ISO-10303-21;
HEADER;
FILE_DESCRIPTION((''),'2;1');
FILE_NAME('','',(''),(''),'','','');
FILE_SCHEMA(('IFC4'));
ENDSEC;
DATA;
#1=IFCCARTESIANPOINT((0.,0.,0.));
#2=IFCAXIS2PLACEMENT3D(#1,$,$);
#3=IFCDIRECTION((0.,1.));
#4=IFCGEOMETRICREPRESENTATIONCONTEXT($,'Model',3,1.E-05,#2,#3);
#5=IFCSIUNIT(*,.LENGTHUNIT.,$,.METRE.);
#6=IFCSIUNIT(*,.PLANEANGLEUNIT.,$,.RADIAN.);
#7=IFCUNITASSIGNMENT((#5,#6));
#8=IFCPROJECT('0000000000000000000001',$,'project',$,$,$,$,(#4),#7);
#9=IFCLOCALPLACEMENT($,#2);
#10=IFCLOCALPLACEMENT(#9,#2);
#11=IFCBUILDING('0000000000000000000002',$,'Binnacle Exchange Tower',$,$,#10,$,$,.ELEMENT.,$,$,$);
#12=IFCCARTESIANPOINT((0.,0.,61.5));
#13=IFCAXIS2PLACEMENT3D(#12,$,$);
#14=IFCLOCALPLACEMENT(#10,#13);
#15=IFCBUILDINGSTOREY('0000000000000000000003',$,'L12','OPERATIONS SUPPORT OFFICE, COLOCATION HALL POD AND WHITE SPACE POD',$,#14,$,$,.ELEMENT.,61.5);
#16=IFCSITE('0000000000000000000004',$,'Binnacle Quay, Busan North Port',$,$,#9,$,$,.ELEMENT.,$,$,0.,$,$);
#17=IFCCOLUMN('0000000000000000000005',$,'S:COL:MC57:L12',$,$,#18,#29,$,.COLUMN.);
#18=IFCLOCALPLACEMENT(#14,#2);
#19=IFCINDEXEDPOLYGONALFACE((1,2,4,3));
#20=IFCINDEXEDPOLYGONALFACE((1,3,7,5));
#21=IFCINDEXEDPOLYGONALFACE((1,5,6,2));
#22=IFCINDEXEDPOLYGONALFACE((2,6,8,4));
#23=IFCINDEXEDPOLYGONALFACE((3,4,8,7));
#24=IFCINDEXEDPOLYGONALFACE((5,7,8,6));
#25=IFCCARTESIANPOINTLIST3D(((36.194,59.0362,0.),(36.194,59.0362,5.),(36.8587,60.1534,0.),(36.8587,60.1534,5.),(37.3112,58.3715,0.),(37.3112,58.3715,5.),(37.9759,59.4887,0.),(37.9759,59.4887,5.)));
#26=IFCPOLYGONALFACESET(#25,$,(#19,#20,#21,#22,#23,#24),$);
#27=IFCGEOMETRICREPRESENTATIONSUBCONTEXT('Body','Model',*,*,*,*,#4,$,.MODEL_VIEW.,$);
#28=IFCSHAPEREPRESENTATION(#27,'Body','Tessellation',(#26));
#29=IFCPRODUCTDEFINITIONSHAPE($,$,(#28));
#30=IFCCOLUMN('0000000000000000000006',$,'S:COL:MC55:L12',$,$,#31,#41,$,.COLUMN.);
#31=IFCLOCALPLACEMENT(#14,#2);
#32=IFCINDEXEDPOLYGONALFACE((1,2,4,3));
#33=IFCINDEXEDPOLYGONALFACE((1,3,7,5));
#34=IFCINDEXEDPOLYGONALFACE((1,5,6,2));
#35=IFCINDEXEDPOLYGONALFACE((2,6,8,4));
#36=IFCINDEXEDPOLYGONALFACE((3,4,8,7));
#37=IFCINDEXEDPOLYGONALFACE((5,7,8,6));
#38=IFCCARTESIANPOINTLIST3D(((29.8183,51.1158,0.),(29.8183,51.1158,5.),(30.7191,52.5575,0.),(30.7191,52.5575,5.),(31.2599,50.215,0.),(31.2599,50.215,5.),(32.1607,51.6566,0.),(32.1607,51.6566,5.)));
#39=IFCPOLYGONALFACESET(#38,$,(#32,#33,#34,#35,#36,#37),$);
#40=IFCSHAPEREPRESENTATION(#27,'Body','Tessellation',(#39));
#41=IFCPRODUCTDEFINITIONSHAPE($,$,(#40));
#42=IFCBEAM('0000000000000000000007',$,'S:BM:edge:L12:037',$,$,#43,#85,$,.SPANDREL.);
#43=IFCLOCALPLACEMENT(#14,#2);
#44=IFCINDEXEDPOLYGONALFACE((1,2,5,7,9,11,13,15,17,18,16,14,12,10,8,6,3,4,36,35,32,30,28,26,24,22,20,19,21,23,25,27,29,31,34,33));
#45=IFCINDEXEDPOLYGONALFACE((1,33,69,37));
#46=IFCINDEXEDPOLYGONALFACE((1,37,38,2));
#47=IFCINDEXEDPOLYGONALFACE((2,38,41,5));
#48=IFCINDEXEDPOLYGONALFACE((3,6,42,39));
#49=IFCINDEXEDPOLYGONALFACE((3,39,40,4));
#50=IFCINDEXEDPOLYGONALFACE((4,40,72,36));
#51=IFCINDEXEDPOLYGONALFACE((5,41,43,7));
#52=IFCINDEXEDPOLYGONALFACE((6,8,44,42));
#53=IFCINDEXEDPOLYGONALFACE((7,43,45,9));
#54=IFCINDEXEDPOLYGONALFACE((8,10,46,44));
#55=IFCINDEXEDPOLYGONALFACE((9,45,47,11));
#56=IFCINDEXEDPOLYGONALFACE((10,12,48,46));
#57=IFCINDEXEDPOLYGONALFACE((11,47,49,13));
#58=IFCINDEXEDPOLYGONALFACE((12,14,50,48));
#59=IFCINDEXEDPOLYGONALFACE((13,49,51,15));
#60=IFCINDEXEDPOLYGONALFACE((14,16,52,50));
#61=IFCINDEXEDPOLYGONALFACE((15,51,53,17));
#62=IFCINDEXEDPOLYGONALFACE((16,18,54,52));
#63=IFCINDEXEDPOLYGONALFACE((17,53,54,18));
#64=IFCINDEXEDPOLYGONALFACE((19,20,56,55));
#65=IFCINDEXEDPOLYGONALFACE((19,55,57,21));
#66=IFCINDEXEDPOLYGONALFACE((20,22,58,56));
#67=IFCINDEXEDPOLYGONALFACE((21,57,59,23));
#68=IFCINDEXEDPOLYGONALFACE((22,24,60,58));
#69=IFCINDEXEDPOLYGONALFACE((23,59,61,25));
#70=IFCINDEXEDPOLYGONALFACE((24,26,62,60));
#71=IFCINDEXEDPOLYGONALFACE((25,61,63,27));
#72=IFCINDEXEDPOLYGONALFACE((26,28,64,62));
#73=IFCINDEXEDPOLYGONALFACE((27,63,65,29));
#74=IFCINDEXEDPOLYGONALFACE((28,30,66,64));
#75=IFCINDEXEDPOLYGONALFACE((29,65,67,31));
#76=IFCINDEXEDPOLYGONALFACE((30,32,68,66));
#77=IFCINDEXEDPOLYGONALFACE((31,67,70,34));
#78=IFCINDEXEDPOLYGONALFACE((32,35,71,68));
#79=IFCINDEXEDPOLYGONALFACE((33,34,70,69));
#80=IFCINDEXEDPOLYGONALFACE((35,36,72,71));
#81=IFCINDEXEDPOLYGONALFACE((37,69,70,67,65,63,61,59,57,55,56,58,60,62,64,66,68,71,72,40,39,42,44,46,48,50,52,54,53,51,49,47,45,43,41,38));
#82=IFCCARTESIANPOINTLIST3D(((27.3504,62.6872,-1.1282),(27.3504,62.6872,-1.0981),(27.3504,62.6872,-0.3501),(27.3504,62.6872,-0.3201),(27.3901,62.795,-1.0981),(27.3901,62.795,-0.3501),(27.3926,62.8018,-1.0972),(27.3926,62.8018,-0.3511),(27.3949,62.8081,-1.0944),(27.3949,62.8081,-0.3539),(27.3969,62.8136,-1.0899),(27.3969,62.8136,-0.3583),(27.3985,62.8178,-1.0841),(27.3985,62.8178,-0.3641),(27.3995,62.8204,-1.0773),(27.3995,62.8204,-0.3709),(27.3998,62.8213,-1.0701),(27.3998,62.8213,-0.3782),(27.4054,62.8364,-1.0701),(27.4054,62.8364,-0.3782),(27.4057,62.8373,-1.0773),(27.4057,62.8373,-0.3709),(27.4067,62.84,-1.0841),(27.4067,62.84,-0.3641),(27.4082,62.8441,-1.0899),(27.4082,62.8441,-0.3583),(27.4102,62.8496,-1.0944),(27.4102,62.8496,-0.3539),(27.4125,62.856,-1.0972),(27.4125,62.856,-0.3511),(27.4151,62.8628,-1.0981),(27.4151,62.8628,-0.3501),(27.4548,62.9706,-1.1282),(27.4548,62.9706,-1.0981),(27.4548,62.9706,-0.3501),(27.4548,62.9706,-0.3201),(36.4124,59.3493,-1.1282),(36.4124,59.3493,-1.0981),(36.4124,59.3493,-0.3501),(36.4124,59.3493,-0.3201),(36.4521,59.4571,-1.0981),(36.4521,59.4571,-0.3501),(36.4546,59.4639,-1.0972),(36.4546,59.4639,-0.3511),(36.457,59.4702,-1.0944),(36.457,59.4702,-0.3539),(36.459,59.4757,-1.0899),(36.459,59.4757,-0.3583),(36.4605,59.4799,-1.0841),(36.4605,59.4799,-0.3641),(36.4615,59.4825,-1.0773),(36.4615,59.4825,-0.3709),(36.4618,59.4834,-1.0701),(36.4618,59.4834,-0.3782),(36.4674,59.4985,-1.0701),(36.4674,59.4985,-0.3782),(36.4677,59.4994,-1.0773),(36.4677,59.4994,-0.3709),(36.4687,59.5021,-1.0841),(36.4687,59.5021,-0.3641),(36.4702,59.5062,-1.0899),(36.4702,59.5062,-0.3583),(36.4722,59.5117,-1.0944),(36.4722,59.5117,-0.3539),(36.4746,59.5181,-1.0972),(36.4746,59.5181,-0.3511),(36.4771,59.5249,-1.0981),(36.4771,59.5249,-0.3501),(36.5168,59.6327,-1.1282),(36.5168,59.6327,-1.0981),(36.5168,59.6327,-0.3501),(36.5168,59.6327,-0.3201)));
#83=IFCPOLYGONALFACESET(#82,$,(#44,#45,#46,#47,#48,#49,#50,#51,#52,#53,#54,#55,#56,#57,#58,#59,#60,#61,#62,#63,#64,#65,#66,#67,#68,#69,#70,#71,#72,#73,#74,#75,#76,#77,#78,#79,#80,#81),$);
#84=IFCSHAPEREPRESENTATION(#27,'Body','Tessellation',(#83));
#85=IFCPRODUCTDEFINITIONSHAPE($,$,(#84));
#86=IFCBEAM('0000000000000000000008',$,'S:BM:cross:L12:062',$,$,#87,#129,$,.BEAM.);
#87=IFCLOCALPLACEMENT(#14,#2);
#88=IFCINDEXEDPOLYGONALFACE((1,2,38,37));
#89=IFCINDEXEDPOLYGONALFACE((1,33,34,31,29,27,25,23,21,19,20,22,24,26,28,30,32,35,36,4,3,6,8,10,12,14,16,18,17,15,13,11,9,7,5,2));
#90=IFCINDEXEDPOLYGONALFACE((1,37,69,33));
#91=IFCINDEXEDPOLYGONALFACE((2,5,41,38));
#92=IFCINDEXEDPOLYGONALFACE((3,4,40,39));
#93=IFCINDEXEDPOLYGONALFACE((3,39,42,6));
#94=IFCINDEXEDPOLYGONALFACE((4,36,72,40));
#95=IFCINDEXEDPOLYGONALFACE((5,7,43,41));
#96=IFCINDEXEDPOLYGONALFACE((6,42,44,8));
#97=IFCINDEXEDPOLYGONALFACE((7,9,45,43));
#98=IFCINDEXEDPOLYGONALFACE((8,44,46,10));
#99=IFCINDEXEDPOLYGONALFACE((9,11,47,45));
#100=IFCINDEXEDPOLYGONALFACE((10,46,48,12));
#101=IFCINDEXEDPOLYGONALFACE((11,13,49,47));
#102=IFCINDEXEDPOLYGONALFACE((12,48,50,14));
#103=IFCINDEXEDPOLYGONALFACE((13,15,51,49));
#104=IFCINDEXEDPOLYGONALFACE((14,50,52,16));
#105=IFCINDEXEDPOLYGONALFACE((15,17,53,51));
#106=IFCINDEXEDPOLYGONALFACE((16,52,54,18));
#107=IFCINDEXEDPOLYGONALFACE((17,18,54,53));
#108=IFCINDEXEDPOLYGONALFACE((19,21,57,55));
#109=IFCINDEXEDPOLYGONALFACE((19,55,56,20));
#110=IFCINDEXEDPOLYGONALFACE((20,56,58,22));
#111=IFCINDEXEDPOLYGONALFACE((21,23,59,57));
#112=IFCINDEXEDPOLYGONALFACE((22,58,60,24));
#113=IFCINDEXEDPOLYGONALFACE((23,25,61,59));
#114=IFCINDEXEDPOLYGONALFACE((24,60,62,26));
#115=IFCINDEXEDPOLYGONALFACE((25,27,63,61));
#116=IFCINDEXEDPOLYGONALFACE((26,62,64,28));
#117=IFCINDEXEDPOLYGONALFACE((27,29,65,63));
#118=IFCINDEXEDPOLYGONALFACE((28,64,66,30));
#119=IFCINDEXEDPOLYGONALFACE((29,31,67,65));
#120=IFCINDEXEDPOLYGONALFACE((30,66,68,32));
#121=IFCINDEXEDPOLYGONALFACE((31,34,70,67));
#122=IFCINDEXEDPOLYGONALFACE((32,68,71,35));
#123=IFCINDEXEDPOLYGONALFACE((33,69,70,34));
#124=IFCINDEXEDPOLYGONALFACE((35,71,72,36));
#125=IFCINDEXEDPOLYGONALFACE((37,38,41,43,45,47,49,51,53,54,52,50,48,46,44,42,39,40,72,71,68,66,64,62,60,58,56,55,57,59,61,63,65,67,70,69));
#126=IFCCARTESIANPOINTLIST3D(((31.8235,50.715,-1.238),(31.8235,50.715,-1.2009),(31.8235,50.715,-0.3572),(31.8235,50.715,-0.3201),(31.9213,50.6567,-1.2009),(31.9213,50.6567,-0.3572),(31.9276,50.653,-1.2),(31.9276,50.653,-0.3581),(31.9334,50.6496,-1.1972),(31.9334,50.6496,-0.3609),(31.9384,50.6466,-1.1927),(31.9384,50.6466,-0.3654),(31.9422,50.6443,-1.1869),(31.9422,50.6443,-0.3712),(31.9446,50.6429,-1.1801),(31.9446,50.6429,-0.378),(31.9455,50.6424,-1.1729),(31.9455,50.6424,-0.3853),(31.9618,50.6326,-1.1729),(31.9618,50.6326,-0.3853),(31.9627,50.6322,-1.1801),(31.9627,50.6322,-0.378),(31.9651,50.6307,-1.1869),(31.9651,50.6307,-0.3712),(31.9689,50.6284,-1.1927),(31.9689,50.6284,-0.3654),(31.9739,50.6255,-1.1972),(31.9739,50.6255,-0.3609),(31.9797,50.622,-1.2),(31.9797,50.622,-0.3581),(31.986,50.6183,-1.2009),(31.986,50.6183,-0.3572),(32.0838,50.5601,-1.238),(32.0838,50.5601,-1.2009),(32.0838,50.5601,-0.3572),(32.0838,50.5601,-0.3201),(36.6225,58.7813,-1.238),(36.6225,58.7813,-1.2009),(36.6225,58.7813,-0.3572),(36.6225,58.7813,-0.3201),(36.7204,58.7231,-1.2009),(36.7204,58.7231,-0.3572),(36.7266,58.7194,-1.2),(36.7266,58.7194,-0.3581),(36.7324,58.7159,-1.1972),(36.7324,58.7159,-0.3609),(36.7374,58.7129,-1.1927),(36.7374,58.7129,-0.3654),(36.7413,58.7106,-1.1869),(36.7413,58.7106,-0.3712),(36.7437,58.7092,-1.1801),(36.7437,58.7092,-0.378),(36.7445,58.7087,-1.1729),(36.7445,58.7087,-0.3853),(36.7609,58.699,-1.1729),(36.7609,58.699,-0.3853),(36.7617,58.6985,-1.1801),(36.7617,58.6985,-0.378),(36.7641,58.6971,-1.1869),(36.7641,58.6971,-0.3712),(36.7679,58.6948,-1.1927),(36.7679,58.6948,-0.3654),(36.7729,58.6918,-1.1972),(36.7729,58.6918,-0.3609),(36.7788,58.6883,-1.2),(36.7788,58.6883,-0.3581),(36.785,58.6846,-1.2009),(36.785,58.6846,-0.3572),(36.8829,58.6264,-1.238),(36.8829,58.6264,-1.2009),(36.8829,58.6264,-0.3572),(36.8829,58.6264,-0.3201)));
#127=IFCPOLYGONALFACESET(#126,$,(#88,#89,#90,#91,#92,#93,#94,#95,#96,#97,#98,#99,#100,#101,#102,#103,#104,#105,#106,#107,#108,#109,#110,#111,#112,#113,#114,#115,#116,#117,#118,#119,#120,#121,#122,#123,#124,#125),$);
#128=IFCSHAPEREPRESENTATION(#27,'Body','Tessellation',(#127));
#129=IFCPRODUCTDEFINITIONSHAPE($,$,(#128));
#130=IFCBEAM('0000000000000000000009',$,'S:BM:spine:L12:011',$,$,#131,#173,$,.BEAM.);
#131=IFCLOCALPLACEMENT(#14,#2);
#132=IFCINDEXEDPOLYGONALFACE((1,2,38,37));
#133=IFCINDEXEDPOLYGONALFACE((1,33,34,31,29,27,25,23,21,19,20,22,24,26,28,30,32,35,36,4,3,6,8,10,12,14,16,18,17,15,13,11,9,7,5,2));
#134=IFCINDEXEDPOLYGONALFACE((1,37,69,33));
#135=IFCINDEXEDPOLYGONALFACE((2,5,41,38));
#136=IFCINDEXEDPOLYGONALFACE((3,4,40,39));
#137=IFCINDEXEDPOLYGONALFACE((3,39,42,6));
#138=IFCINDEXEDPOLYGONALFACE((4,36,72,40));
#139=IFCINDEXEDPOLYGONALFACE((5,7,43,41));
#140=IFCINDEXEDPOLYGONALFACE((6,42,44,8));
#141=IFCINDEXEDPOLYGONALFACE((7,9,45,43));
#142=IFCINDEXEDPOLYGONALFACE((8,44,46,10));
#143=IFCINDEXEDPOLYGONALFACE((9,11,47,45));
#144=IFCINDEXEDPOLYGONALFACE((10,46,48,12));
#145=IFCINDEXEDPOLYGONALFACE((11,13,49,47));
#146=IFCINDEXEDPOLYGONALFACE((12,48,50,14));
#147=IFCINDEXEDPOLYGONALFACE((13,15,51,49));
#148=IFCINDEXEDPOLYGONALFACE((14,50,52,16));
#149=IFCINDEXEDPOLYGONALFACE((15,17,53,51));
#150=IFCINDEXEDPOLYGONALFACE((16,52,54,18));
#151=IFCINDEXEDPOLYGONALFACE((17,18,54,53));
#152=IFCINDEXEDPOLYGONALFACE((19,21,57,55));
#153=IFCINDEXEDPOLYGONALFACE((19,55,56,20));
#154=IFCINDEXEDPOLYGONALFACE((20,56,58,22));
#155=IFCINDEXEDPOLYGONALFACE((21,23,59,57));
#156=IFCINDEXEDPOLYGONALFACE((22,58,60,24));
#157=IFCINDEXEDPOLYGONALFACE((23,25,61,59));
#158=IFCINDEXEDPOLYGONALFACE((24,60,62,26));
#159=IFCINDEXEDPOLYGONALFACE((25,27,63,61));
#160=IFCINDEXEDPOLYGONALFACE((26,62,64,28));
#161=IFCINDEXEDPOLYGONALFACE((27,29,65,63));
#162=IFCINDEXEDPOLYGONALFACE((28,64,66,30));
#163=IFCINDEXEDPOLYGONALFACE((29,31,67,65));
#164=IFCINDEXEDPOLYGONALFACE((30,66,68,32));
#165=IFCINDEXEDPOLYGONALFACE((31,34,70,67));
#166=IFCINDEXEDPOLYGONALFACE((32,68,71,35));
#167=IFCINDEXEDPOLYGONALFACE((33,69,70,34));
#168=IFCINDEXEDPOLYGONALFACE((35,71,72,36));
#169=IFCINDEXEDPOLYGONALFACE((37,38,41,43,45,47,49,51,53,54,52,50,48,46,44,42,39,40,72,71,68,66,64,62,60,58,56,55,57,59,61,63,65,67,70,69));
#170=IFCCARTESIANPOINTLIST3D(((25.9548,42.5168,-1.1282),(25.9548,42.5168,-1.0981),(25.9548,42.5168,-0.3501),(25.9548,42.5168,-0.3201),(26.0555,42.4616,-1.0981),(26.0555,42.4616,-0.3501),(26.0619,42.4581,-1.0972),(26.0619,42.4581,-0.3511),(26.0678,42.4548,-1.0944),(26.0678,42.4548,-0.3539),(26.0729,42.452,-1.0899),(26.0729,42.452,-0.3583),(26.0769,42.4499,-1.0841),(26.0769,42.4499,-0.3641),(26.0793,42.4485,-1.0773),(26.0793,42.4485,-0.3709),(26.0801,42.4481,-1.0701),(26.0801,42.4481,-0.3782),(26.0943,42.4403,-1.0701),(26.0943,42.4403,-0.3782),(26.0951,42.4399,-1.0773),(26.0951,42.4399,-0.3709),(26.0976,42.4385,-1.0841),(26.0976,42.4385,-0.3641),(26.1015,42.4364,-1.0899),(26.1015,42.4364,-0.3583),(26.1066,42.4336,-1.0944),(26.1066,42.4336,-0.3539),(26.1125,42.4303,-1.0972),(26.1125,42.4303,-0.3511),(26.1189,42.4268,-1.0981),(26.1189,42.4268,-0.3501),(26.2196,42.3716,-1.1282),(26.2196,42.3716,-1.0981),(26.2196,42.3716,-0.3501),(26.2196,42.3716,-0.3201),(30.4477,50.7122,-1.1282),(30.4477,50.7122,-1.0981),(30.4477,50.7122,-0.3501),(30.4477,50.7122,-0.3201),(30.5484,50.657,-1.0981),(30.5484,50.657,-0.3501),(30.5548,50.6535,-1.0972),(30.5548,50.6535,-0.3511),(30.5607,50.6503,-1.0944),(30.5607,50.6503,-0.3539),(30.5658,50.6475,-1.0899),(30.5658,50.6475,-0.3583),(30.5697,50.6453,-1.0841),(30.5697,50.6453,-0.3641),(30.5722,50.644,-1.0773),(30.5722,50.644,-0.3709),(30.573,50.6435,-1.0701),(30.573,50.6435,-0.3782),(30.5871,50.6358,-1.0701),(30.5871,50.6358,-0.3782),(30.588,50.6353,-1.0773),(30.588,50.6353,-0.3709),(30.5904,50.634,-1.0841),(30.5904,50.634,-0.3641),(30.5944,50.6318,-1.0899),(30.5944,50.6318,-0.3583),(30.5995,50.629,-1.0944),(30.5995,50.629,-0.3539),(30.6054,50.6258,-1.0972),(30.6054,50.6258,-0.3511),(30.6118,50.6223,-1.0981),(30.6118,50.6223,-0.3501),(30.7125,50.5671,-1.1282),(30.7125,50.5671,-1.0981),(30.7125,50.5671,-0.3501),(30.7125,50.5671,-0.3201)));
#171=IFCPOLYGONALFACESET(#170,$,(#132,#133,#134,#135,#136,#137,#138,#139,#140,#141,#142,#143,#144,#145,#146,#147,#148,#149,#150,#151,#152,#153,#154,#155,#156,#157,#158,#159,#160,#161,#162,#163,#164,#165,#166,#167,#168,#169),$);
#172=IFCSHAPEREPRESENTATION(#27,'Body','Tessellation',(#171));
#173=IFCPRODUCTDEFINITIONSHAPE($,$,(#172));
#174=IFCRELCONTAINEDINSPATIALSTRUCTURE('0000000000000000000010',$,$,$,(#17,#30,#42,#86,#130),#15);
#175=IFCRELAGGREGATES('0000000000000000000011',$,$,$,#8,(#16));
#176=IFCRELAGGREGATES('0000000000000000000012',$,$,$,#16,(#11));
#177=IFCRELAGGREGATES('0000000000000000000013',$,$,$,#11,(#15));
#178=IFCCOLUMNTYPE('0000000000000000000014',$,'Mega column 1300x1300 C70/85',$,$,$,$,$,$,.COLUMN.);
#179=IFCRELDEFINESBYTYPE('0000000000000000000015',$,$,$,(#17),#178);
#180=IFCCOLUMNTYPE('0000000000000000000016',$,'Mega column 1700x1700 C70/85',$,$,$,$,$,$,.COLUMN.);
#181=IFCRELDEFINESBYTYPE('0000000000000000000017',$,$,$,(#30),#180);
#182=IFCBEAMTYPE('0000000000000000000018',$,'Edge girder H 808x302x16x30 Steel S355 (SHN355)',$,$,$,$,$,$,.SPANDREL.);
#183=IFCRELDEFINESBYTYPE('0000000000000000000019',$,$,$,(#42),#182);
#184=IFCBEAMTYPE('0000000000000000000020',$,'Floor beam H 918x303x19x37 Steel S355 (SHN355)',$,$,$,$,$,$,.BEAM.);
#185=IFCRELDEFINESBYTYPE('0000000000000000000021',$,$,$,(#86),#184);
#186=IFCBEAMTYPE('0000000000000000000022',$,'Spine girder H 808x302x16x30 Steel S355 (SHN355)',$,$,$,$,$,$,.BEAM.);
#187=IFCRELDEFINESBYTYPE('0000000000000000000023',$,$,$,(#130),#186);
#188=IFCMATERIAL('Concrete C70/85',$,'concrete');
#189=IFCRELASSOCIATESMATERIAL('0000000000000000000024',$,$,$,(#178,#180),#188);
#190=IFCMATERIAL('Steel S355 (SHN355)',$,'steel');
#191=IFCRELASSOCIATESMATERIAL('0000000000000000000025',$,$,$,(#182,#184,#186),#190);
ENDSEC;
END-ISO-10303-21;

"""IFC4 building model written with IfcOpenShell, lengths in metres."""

from ifc_helpers import new_model, si_unit, direction, frame, origin, origin_2d, place, context, subcontext, project, spatial, rectangle, i_section, extrude, material, material_profile, profile_set, type_object, element, save


model = new_model("IFC4")

# Units and contexts
model_context = context("Model", 3, precision=1e-05, world=origin(), true_north=direction((0.0, 1.0)))
body_context = subcontext(model_context, "Body", "Model", "MODEL_VIEW")
ifc_project = project(units=[si_unit("LENGTHUNIT", "METRE"), si_unit("PLANEANGLEUNIT", "RADIAN")], contexts=[model_context])

# Site, building, storey
site_placement = place(None, origin())
site = spatial("IfcSite", under=ifc_project, at=site_placement, Name="Binnacle Quay, Busan North Port", CompositionType="ELEMENT", RefElevation=0.0)
building_placement = place(site_placement, origin())
building = spatial("IfcBuilding", under=site, at=building_placement, Name="Binnacle Exchange Tower", CompositionType="ELEMENT")
storey_placement = place(building_placement, frame((0.0, 0.0, 61.5)))
storey = spatial("IfcBuildingStorey", under=building, at=storey_placement, Name="L12", Description="OPERATIONS SUPPORT OFFICE, COLOCATION HALL POD AND WHITE SPACE POD", CompositionType="ELEMENT", Elevation=61.5)

# Columns
ifc_material_1 = material(Name="Concrete C70/85", Category="concrete")
ifc_material_profile_1 = material_profile(ifc_material_1, rectangle(XDim=1.3, YDim=1.3, at=origin_2d()), Name="Mega column 1300x1300 C70/85")
ifc_profile_set_1 = profile_set([ifc_material_profile_1], Name="Concrete C70/85")
column_type_1 = type_object("IfcColumnType", Name="Mega column 1300x1300 C70/85", PredefinedType="COLUMN", material=ifc_profile_set_1)
column_1_placement = place(storey_placement, frame((37.085, 59.2625, 0.0), z_axis=(0.0, 0.0, 1.0), x_axis=(-0.859406, 0.511293, 0.0)))
element("IfcColumn", 1, at=column_1_placement, inside=storey, type_object=column_type_1, Name="S:COL:MC57:L12", PredefinedType="COLUMN", context=body_context, shape_type="SweptSolid", body=[
    extrude(rectangle(XDim=1.3, YDim=1.3, at=origin_2d()), origin(), (0.0, 0.0, 1.0), 5.0),
])
ifc_material_profile_2 = material_profile(ifc_material_1, rectangle(XDim=1.7, YDim=1.7, at=origin_2d()), Name="Mega column 1700x1700 C70/85")
ifc_profile_set_2 = profile_set([ifc_material_profile_2], Name="Concrete C70/85")
column_type_2 = type_object("IfcColumnType", Name="Mega column 1700x1700 C70/85", PredefinedType="COLUMN", material=ifc_profile_set_2)
column_2_placement = place(storey_placement, frame((30.9895, 51.3862, 0.0), z_axis=(0.0, 0.0, 1.0), x_axis=(0.529919, 0.848048, 0.0)))
element("IfcColumn", 2, at=column_2_placement, inside=storey, type_object=column_type_2, Name="S:COL:MC55:L12", PredefinedType="COLUMN", context=body_context, shape_type="SweptSolid", body=[
    extrude(rectangle(XDim=1.7, YDim=1.7, at=origin_2d()), origin(), (0.0, 0.0, 1.0), 5.0),
])

# Beams
ifc_material_2 = material(Name="Steel S355 (SHN355)", Category="steel")
ifc_material_profile_3 = material_profile(ifc_material_2, i_section(OverallWidth=0.302, OverallDepth=0.8081, WebThickness=0.0161, FlangeThickness=0.03, FilletRadius=0.0281, at=origin_2d()), Name="H 808x302x16x30")
ifc_profile_set_3 = profile_set([ifc_material_profile_3], Name="Steel S355 (SHN355)")
beam_type_1 = type_object("IfcBeamType", Name="Edge girder H 808x302x16x30 Steel S355 (SHN355)", PredefinedType="SPANDREL", material=ifc_profile_set_3)
beam_1_placement = place(storey_placement, frame((36.4646, 59.491, -0.7241), z_axis=(-0.938368, 0.345637, 0.0), x_axis=(-0.345637, -0.938368, 0.0)))
element("IfcBeam", 3, at=beam_1_placement, inside=storey, type_object=beam_type_1, Name="S:BM:edge:L12:037", PredefinedType="SPANDREL", context=body_context, shape_type="SweptSolid", body=[
    extrude(i_section(OverallWidth=0.302, OverallDepth=0.8081, WebThickness=0.0161, FlangeThickness=0.03, FilletRadius=0.0281, at=origin_2d()), origin(), (0.0, 0.0, 1.0), 9.6572),
])
ifc_material_profile_4 = material_profile(ifc_material_2, i_section(OverallWidth=0.303, OverallDepth=0.918, WebThickness=0.019, FlangeThickness=0.0371, FilletRadius=0.0281, at=origin_2d()), Name="H 918x303x19x37")
ifc_profile_set_4 = profile_set([ifc_material_profile_4], Name="Steel S355 (SHN355)")
beam_type_2 = type_object("IfcBeamType", Name="Floor beam H 918x303x19x37 Steel S355 (SHN355)", PredefinedType="BEAM", material=ifc_profile_set_4)
beam_2_placement = place(storey_placement, frame((36.7527, 58.7039, -0.7791), z_axis=(-0.511298, -0.859403, 0.0), x_axis=(0.859403, -0.511298, 0.0)))
element("IfcBeam", 4, at=beam_2_placement, inside=storey, type_object=beam_type_2, Name="S:BM:cross:L12:062", PredefinedType="BEAM", context=body_context, shape_type="SweptSolid", body=[
    extrude(i_section(OverallWidth=0.303, OverallDepth=0.918, WebThickness=0.019, FlangeThickness=0.0371, FilletRadius=0.0281, at=origin_2d()), origin(), (0.0, 0.0, 1.0), 9.386),
])
ifc_material_profile_5 = material_profile(ifc_material_2, i_section(OverallWidth=0.302, OverallDepth=0.8081, WebThickness=0.0161, FlangeThickness=0.03, FilletRadius=0.0281, at=origin_2d()), Name="H 808x302x16x30")
ifc_profile_set_5 = profile_set([ifc_material_profile_5], Name="Steel S355 (SHN355)")
beam_type_3 = type_object("IfcBeamType", Name="Spine girder H 808x302x16x30 Steel S355 (SHN355)", PredefinedType="BEAM", material=ifc_profile_set_5)
beam_3_placement = place(storey_placement, frame((30.5801, 50.6396, -0.7241), z_axis=(-0.480716, -0.876876, 0.0), x_axis=(0.876876, -0.480716, 0.0)))
element("IfcBeam", 5, at=beam_3_placement, inside=storey, type_object=beam_type_3, Name="S:BM:spine:L12:011", PredefinedType="BEAM", context=body_context, shape_type="SweptSolid", body=[
    extrude(i_section(OverallWidth=0.302, OverallDepth=0.8081, WebThickness=0.0161, FlangeThickness=0.03, FilletRadius=0.0281, at=origin_2d()), origin(), (0.0, 0.0, 1.0), 9.3462),
])

save(model, "model.ifc")
